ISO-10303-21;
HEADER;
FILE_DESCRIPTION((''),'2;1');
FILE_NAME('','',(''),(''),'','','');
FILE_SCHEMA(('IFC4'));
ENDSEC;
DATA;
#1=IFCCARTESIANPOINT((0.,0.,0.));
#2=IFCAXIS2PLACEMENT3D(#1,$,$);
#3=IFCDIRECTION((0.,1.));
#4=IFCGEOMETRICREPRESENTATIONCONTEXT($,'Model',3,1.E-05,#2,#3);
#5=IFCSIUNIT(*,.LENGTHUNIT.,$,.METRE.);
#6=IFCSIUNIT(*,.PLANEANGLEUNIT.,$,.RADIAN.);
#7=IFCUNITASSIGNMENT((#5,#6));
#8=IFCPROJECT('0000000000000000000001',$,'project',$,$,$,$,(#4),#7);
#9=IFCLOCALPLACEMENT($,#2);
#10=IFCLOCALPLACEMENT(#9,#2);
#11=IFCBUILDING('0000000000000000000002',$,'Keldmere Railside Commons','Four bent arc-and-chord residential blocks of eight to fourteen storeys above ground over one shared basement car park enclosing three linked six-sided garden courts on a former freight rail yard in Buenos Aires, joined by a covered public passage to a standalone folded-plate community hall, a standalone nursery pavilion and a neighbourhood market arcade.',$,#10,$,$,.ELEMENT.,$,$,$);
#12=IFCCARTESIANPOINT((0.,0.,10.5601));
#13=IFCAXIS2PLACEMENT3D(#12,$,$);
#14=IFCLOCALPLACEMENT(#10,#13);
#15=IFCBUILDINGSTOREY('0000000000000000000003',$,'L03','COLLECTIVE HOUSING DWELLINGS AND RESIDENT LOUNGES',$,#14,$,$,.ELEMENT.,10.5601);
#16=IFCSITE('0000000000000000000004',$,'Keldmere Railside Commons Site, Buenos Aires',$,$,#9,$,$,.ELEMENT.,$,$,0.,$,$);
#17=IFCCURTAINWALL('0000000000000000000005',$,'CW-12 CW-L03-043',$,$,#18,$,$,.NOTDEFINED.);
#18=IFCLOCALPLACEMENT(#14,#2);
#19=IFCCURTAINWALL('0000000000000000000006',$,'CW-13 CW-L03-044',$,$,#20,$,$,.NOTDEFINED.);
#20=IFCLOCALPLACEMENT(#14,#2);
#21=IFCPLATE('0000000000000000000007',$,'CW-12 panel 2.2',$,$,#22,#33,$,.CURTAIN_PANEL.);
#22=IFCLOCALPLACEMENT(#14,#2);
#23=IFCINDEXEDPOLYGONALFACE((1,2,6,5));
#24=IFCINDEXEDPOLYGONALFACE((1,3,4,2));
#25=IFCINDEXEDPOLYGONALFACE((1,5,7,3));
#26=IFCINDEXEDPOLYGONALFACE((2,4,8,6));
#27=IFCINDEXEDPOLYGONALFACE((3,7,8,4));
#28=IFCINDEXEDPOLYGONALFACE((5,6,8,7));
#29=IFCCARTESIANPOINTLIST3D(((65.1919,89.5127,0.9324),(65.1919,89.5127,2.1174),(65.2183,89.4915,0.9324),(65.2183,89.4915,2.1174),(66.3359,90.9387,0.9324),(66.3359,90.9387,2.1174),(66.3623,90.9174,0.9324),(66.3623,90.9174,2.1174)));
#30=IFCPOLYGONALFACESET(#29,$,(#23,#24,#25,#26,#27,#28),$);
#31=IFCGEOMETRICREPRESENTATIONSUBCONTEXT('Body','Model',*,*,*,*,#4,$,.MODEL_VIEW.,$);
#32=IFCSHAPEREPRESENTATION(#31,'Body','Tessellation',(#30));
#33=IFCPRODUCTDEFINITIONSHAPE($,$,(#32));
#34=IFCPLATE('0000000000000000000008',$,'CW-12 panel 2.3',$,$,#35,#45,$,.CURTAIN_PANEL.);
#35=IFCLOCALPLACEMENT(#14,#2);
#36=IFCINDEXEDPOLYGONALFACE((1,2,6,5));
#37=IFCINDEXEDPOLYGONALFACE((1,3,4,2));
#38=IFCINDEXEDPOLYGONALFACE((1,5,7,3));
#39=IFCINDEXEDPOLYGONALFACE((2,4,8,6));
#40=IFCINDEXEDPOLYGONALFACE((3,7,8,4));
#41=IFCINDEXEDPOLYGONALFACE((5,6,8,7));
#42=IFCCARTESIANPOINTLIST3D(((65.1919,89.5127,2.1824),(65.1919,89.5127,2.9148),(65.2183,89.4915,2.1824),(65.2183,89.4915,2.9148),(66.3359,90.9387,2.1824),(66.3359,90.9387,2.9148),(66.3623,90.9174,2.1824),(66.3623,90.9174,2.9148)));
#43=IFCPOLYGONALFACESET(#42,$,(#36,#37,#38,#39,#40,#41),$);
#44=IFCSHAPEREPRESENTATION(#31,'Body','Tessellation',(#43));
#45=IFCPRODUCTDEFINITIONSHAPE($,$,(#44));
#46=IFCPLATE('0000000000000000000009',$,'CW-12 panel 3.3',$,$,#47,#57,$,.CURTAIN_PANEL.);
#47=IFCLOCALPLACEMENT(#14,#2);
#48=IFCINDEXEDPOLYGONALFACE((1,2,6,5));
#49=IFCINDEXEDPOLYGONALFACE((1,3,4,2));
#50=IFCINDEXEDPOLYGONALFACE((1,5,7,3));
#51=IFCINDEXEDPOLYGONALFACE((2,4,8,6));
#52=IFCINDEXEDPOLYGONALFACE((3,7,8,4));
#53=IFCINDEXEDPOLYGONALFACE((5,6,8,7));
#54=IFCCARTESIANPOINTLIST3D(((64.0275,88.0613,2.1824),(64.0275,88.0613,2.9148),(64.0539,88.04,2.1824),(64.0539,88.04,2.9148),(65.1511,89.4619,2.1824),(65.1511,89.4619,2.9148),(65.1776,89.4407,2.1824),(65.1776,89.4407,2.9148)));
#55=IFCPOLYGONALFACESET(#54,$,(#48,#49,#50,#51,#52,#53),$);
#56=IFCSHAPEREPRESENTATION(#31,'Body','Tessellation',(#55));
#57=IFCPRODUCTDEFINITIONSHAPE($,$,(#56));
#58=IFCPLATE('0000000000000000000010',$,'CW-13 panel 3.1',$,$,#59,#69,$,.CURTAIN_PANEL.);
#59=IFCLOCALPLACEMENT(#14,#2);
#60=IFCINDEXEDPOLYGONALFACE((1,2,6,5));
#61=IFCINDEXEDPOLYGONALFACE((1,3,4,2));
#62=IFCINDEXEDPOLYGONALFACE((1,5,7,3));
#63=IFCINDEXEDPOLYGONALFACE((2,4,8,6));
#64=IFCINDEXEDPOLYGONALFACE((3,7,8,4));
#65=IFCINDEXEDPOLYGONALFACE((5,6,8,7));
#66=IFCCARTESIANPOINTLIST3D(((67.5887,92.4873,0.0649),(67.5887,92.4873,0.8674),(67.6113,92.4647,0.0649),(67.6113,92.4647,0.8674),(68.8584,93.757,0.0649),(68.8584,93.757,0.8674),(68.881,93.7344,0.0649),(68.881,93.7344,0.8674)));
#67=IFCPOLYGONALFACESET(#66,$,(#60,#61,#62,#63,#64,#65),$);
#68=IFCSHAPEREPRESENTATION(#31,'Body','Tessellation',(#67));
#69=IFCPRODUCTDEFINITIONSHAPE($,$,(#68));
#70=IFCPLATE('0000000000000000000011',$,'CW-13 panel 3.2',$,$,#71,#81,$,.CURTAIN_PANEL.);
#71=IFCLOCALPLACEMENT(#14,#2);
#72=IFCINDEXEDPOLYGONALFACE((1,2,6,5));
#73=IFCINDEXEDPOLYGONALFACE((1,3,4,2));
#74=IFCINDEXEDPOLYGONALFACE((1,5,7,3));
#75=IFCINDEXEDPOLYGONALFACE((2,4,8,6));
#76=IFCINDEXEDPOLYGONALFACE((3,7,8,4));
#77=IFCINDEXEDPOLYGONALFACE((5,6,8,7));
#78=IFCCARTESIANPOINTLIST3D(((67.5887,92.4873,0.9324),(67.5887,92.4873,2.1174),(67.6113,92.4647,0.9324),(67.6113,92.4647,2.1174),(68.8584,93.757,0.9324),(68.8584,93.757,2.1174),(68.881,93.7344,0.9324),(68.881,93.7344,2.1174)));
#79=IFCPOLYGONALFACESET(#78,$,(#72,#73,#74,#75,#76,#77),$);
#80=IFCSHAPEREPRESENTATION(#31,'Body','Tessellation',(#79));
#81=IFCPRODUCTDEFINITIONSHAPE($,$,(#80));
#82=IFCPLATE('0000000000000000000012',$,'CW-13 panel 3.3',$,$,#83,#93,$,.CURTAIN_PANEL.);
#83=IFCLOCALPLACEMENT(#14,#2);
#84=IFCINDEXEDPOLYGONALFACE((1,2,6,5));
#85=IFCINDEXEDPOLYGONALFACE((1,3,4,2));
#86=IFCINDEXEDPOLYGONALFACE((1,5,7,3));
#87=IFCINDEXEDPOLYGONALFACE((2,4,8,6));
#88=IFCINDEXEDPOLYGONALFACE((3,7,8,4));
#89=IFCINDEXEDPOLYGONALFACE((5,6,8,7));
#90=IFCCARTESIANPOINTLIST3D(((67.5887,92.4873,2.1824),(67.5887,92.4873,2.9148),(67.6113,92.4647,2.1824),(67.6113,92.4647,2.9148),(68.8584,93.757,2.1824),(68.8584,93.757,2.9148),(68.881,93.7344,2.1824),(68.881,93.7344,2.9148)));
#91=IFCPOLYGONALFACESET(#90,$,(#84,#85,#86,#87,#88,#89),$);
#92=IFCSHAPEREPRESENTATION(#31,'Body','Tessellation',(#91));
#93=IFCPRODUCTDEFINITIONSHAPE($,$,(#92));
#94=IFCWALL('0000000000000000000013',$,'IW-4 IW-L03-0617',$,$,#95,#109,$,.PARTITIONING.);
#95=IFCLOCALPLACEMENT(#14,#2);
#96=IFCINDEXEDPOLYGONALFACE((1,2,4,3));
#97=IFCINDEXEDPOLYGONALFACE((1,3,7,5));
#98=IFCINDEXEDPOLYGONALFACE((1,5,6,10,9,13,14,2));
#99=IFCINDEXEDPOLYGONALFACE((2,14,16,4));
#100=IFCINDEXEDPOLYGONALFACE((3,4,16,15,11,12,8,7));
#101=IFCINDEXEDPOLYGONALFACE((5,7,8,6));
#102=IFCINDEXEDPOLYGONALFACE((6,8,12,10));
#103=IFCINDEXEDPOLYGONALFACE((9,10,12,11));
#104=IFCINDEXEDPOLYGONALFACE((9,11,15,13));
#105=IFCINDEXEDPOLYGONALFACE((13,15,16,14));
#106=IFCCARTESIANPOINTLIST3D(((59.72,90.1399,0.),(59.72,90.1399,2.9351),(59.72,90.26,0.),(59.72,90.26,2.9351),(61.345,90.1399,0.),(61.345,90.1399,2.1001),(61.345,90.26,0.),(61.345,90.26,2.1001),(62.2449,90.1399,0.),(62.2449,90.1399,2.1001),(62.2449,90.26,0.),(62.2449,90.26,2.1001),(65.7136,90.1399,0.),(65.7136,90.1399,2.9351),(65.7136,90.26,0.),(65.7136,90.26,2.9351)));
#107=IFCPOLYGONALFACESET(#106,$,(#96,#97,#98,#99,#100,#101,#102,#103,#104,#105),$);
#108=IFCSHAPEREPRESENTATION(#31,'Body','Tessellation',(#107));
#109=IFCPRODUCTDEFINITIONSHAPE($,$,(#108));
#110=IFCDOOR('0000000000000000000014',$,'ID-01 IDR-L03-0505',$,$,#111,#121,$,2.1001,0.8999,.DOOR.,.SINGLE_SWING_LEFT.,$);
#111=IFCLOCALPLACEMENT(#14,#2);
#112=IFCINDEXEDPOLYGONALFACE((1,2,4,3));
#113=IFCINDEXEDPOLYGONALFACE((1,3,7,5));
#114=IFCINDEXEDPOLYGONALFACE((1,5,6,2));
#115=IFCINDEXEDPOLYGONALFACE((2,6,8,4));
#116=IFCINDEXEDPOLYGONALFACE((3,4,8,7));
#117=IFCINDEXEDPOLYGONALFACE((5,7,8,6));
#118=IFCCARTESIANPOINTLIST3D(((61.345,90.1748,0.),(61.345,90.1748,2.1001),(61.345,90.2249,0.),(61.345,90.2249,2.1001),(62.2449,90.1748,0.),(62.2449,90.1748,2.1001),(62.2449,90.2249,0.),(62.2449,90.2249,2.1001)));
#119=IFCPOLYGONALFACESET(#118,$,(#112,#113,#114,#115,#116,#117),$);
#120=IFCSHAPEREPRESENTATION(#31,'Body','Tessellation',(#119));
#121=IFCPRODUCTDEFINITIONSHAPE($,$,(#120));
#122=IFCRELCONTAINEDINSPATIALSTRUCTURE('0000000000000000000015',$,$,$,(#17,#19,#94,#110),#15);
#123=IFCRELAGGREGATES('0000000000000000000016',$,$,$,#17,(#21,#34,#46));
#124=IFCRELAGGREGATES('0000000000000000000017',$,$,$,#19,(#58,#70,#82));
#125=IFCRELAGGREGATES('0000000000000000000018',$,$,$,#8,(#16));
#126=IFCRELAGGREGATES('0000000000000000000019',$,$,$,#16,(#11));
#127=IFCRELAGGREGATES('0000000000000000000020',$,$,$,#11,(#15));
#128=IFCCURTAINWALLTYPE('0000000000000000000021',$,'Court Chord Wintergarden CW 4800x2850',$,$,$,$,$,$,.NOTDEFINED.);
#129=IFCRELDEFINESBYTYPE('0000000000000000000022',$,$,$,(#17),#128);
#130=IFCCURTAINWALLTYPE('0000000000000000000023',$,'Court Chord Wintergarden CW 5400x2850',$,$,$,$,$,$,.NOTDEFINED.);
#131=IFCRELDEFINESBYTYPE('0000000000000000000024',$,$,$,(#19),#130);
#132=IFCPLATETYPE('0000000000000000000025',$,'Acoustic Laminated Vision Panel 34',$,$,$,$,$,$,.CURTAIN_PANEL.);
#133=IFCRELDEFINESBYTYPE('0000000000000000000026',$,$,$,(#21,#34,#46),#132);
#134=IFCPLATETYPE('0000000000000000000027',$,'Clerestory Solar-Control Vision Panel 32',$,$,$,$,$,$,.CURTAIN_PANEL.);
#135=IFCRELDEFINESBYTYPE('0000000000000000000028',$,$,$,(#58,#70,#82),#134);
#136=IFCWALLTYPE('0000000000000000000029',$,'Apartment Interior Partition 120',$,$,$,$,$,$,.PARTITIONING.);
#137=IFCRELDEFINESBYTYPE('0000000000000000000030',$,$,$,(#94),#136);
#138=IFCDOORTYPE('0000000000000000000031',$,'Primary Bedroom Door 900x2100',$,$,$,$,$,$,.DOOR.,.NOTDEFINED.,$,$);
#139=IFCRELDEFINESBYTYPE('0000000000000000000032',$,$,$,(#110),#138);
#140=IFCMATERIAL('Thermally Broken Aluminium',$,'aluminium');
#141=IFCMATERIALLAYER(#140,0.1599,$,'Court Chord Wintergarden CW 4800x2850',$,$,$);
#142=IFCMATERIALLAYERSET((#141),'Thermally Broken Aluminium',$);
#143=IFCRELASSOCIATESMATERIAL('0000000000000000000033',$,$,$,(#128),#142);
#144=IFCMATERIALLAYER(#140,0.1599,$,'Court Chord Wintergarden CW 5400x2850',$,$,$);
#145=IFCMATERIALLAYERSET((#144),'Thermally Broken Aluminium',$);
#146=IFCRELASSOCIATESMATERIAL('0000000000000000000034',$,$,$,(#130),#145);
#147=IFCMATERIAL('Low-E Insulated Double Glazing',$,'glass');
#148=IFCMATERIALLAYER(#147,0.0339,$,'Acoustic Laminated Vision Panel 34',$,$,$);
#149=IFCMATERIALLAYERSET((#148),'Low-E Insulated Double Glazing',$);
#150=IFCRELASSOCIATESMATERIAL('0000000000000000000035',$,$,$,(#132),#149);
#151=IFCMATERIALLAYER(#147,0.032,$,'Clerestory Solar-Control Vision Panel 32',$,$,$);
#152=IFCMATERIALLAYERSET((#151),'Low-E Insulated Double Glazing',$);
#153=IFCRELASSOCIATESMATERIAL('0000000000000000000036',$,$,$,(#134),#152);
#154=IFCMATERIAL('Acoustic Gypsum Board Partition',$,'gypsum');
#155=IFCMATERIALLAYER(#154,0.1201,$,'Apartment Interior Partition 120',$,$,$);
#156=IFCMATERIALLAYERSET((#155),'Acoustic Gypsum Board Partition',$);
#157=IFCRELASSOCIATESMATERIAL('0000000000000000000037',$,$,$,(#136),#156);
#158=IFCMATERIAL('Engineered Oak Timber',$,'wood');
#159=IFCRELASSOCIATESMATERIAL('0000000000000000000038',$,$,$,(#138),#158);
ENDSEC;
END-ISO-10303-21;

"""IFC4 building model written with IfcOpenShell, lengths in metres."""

from ifc_helpers import new_model, si_unit, direction, frame, frame_2d, origin, origin_2d, place, context, subcontext, project, spatial, rectangle, extrude, material, layer, layer_set, type_object, element, fill, aggregate, save


model = new_model("IFC4")

# Units and contexts
model_context = context("Model", 3, precision=1e-05, world=origin(), true_north=direction((0.0, 1.0)))
body_context = subcontext(model_context, "Body", "Model", "MODEL_VIEW")
ifc_project = project(units=[si_unit("LENGTHUNIT", "METRE"), si_unit("PLANEANGLEUNIT", "RADIAN")], contexts=[model_context])

# Site, building, storey
site_placement = place(None, origin())
site = spatial("IfcSite", under=ifc_project, at=site_placement, Name="Keldmere Railside Commons Site, Buenos Aires", CompositionType="ELEMENT", RefElevation=0.0)
building_placement = place(site_placement, origin())
building = spatial("IfcBuilding", under=site, at=building_placement, Name="Keldmere Railside Commons", Description="Four bent arc-and-chord residential blocks of eight to fourteen storeys above ground over one shared basement car park enclosing three linked six-sided garden courts on a former freight rail yard in Buenos Aires, joined by a covered public passage to a standalone folded-plate community hall, a standalone nursery pavilion and a neighbourhood market arcade.", CompositionType="ELEMENT")
storey_placement = place(building_placement, frame((0.0, 0.0, 10.5601)))
storey = spatial("IfcBuildingStorey", under=building, at=storey_placement, Name="L03", Description="COLLECTIVE HOUSING DWELLINGS AND RESIDENT LOUNGES", CompositionType="ELEMENT", Elevation=10.5601)

# Curtain wall
ifc_material_1 = material(Name="Thermally Broken Aluminium", Category="aluminium")
ifc_layer_1 = layer(ifc_material_1, 0.1599, Name="Court Chord Wintergarden CW 4800x2850")
ifc_layer_set_1 = layer_set([ifc_layer_1], Name="Thermally Broken Aluminium")
curtain_wall_type_1 = type_object("IfcCurtainWallType", Name="Court Chord Wintergarden CW 4800x2850", PredefinedType="NOTDEFINED", material=ifc_layer_set_1)
curtain_wall_1_placement = place(storey_placement, origin())
curtain_wall_1 = element("IfcCurtainWall", 1, at=curtain_wall_1_placement, inside=storey, type_object=curtain_wall_type_1, Name="CW-12 CW-L03-043", PredefinedType="NOTDEFINED")

# Curtain wall
ifc_layer_2 = layer(ifc_material_1, 0.1599, Name="Court Chord Wintergarden CW 5400x2850")
ifc_layer_set_2 = layer_set([ifc_layer_2], Name="Thermally Broken Aluminium")
curtain_wall_type_2 = type_object("IfcCurtainWallType", Name="Court Chord Wintergarden CW 5400x2850", PredefinedType="NOTDEFINED", material=ifc_layer_set_2)
curtain_wall_2_placement = place(storey_placement, origin())
curtain_wall_2 = element("IfcCurtainWall", 2, at=curtain_wall_2_placement, inside=storey, type_object=curtain_wall_type_2, Name="CW-13 CW-L03-044", PredefinedType="NOTDEFINED")

# Plates
ifc_material_2 = material(Name="Low-E Insulated Double Glazing", Category="glass")
ifc_layer_3 = layer(ifc_material_2, 0.0339, Name="Acoustic Laminated Vision Panel 34")
ifc_layer_set_3 = layer_set([ifc_layer_3], Name="Low-E Insulated Double Glazing")
plate_type_1 = type_object("IfcPlateType", Name="Acoustic Laminated Vision Panel 34", PredefinedType="CURTAIN_PANEL", material=ifc_layer_set_3)
plate_1_placement = place(storey_placement, frame((65.7771, 90.2151, 0.9324), z_axis=(0.0, 0.0, 1.0), x_axis=(-0.625768, -0.780009, 0.0)))
plate_1 = element("IfcPlate", 3, at=plate_1_placement, type_object=plate_type_1, Name="CW-12 panel 2.2", PredefinedType="CURTAIN_PANEL", context=body_context, shape_type="SweptSolid", body=[
    extrude(rectangle(XDim=1.8281, YDim=0.0339, at=origin_2d()), origin(), (0.0, 0.0, 1.0), 1.1851),
])
plate_2_placement = place(storey_placement, frame((65.7771, 90.2151, 2.1824), z_axis=(0.0, 0.0, 1.0), x_axis=(-0.625768, -0.780009, 0.0)))
plate_2 = element("IfcPlate", 4, at=plate_2_placement, type_object=plate_type_1, Name="CW-12 panel 2.3", PredefinedType="CURTAIN_PANEL", context=body_context, shape_type="SweptSolid", body=[
    extrude(rectangle(XDim=1.8281, YDim=0.0339, at=origin_2d()), origin(), (0.0, 0.0, 1.0), 0.7324),
])
plate_3_placement = place(storey_placement, frame((64.6025, 88.751, 2.1824), z_axis=(0.0, 0.0, 1.0), x_axis=(-0.625768, -0.780009, 0.0)))
plate_3 = element("IfcPlate", 5, at=plate_3_placement, type_object=plate_type_1, Name="CW-12 panel 3.3", PredefinedType="CURTAIN_PANEL", context=body_context, shape_type="SweptSolid", body=[
    extrude(rectangle(XDim=1.7957, YDim=0.0339, at=origin_2d()), origin(), (0.0, 0.0, 1.0), 0.7324),
])
aggregate(curtain_wall_1, [plate_1, plate_2, plate_3])
ifc_layer_4 = layer(ifc_material_2, 0.032, Name="Clerestory Solar-Control Vision Panel 32")
ifc_layer_set_4 = layer_set([ifc_layer_4], Name="Low-E Insulated Double Glazing")
plate_type_2 = type_object("IfcPlateType", Name="Clerestory Solar-Control Vision Panel 32", PredefinedType="CURTAIN_PANEL", material=ifc_layer_set_4)
plate_4_placement = place(storey_placement, frame((68.2349, 93.1108, 0.0649), z_axis=(0.0, 0.0, 1.0), x_axis=(-0.707107, -0.707107, 0.0)))
plate_4 = element("IfcPlate", 6, at=plate_4_placement, type_object=plate_type_2, Name="CW-13 panel 3.1", PredefinedType="CURTAIN_PANEL", context=body_context, shape_type="SweptSolid", body=[
    extrude(rectangle(XDim=1.7957, YDim=0.032, at=origin_2d()), origin(), (0.0, 0.0, 1.0), 0.8025),
])
plate_5_placement = place(storey_placement, frame((68.2349, 93.1108, 0.9324), z_axis=(0.0, 0.0, 1.0), x_axis=(-0.707107, -0.707107, 0.0)))
plate_5 = element("IfcPlate", 7, at=plate_5_placement, type_object=plate_type_2, Name="CW-13 panel 3.2", PredefinedType="CURTAIN_PANEL", context=body_context, shape_type="SweptSolid", body=[
    extrude(rectangle(XDim=1.7957, YDim=0.032, at=origin_2d()), origin(), (0.0, 0.0, 1.0), 1.1851),
])
plate_6_placement = place(storey_placement, frame((68.2349, 93.1108, 2.1824), z_axis=(0.0, 0.0, 1.0), x_axis=(-0.707107, -0.707107, 0.0)))
plate_6 = element("IfcPlate", 8, at=plate_6_placement, type_object=plate_type_2, Name="CW-13 panel 3.3", PredefinedType="CURTAIN_PANEL", context=body_context, shape_type="SweptSolid", body=[
    extrude(rectangle(XDim=1.7957, YDim=0.032, at=origin_2d()), origin(), (0.0, 0.0, 1.0), 0.7324),
])
aggregate(curtain_wall_2, [plate_4, plate_5, plate_6])

# Wall, opening, door
ifc_material_3 = material(Name="Acoustic Gypsum Board Partition", Category="gypsum")
ifc_layer_5 = layer(ifc_material_3, 0.1201, Name="Apartment Interior Partition 120")
ifc_layer_set_5 = layer_set([ifc_layer_5], Name="Acoustic Gypsum Board Partition")
wall_type = type_object("IfcWallType", Name="Apartment Interior Partition 120", PredefinedType="PARTITIONING", material=ifc_layer_set_5)
wall_placement = place(storey_placement, frame((59.72, 90.2, 0.0), z_axis=(0.0, 0.0, 1.0), x_axis=(1.0, 0.0, 0.0)))
wall = element("IfcWall", 9, at=wall_placement, inside=storey, type_object=wall_type, Name="IW-4 IW-L03-0617", PredefinedType="PARTITIONING", context=body_context, shape_type="SweptSolid", body=[
    extrude(rectangle(XDim=5.9937, YDim=0.1201, at=frame_2d((2.9968, 0.0))), origin(), (0.0, 0.0, 1.0), 2.9351),
])
opening_placement = place(wall_placement, frame((1.625, 0.0, 0.0)))
opening = element("IfcOpeningElement", 10, at=opening_placement, cuts=wall, PredefinedType="OPENING", context=body_context, shape_type="SweptSolid", body=[
    extrude(rectangle(XDim=0.8999, YDim=2.1001, at=frame_2d((0.45, 1.05))), frame((0.0, 0.0701, 0.0), z_axis=(0.0, -1.0, 0.0), x_axis=(1.0, 0.0, 0.0)), (0.0, 0.0, 1.0), 0.1401),
])
ifc_material_4 = material(Name="Engineered Oak Timber", Category="wood")
door_type = type_object("IfcDoorType", Name="Primary Bedroom Door 900x2100", OperationType="NOTDEFINED", PredefinedType="DOOR", material=ifc_material_4)
door_placement = place(opening_placement, origin())
door = element("IfcDoor", 11, at=door_placement, inside=storey, type_object=door_type, Name="ID-01 IDR-L03-0505", OperationType="SINGLE_SWING_LEFT", OverallHeight=2.1001, OverallWidth=0.8999, PredefinedType="DOOR", context=body_context, shape_type="SweptSolid", body=[
    extrude(rectangle(XDim=0.8999, YDim=2.1001, at=frame_2d((0.45, 1.05))), frame((0.0, 0.0249, 0.0), z_axis=(0.0, -1.0, 0.0), x_axis=(1.0, 0.0, 0.0)), (0.0, 0.0, 1.0), 0.05),
])
fill(opening, door)

save(model, "model.ifc")
